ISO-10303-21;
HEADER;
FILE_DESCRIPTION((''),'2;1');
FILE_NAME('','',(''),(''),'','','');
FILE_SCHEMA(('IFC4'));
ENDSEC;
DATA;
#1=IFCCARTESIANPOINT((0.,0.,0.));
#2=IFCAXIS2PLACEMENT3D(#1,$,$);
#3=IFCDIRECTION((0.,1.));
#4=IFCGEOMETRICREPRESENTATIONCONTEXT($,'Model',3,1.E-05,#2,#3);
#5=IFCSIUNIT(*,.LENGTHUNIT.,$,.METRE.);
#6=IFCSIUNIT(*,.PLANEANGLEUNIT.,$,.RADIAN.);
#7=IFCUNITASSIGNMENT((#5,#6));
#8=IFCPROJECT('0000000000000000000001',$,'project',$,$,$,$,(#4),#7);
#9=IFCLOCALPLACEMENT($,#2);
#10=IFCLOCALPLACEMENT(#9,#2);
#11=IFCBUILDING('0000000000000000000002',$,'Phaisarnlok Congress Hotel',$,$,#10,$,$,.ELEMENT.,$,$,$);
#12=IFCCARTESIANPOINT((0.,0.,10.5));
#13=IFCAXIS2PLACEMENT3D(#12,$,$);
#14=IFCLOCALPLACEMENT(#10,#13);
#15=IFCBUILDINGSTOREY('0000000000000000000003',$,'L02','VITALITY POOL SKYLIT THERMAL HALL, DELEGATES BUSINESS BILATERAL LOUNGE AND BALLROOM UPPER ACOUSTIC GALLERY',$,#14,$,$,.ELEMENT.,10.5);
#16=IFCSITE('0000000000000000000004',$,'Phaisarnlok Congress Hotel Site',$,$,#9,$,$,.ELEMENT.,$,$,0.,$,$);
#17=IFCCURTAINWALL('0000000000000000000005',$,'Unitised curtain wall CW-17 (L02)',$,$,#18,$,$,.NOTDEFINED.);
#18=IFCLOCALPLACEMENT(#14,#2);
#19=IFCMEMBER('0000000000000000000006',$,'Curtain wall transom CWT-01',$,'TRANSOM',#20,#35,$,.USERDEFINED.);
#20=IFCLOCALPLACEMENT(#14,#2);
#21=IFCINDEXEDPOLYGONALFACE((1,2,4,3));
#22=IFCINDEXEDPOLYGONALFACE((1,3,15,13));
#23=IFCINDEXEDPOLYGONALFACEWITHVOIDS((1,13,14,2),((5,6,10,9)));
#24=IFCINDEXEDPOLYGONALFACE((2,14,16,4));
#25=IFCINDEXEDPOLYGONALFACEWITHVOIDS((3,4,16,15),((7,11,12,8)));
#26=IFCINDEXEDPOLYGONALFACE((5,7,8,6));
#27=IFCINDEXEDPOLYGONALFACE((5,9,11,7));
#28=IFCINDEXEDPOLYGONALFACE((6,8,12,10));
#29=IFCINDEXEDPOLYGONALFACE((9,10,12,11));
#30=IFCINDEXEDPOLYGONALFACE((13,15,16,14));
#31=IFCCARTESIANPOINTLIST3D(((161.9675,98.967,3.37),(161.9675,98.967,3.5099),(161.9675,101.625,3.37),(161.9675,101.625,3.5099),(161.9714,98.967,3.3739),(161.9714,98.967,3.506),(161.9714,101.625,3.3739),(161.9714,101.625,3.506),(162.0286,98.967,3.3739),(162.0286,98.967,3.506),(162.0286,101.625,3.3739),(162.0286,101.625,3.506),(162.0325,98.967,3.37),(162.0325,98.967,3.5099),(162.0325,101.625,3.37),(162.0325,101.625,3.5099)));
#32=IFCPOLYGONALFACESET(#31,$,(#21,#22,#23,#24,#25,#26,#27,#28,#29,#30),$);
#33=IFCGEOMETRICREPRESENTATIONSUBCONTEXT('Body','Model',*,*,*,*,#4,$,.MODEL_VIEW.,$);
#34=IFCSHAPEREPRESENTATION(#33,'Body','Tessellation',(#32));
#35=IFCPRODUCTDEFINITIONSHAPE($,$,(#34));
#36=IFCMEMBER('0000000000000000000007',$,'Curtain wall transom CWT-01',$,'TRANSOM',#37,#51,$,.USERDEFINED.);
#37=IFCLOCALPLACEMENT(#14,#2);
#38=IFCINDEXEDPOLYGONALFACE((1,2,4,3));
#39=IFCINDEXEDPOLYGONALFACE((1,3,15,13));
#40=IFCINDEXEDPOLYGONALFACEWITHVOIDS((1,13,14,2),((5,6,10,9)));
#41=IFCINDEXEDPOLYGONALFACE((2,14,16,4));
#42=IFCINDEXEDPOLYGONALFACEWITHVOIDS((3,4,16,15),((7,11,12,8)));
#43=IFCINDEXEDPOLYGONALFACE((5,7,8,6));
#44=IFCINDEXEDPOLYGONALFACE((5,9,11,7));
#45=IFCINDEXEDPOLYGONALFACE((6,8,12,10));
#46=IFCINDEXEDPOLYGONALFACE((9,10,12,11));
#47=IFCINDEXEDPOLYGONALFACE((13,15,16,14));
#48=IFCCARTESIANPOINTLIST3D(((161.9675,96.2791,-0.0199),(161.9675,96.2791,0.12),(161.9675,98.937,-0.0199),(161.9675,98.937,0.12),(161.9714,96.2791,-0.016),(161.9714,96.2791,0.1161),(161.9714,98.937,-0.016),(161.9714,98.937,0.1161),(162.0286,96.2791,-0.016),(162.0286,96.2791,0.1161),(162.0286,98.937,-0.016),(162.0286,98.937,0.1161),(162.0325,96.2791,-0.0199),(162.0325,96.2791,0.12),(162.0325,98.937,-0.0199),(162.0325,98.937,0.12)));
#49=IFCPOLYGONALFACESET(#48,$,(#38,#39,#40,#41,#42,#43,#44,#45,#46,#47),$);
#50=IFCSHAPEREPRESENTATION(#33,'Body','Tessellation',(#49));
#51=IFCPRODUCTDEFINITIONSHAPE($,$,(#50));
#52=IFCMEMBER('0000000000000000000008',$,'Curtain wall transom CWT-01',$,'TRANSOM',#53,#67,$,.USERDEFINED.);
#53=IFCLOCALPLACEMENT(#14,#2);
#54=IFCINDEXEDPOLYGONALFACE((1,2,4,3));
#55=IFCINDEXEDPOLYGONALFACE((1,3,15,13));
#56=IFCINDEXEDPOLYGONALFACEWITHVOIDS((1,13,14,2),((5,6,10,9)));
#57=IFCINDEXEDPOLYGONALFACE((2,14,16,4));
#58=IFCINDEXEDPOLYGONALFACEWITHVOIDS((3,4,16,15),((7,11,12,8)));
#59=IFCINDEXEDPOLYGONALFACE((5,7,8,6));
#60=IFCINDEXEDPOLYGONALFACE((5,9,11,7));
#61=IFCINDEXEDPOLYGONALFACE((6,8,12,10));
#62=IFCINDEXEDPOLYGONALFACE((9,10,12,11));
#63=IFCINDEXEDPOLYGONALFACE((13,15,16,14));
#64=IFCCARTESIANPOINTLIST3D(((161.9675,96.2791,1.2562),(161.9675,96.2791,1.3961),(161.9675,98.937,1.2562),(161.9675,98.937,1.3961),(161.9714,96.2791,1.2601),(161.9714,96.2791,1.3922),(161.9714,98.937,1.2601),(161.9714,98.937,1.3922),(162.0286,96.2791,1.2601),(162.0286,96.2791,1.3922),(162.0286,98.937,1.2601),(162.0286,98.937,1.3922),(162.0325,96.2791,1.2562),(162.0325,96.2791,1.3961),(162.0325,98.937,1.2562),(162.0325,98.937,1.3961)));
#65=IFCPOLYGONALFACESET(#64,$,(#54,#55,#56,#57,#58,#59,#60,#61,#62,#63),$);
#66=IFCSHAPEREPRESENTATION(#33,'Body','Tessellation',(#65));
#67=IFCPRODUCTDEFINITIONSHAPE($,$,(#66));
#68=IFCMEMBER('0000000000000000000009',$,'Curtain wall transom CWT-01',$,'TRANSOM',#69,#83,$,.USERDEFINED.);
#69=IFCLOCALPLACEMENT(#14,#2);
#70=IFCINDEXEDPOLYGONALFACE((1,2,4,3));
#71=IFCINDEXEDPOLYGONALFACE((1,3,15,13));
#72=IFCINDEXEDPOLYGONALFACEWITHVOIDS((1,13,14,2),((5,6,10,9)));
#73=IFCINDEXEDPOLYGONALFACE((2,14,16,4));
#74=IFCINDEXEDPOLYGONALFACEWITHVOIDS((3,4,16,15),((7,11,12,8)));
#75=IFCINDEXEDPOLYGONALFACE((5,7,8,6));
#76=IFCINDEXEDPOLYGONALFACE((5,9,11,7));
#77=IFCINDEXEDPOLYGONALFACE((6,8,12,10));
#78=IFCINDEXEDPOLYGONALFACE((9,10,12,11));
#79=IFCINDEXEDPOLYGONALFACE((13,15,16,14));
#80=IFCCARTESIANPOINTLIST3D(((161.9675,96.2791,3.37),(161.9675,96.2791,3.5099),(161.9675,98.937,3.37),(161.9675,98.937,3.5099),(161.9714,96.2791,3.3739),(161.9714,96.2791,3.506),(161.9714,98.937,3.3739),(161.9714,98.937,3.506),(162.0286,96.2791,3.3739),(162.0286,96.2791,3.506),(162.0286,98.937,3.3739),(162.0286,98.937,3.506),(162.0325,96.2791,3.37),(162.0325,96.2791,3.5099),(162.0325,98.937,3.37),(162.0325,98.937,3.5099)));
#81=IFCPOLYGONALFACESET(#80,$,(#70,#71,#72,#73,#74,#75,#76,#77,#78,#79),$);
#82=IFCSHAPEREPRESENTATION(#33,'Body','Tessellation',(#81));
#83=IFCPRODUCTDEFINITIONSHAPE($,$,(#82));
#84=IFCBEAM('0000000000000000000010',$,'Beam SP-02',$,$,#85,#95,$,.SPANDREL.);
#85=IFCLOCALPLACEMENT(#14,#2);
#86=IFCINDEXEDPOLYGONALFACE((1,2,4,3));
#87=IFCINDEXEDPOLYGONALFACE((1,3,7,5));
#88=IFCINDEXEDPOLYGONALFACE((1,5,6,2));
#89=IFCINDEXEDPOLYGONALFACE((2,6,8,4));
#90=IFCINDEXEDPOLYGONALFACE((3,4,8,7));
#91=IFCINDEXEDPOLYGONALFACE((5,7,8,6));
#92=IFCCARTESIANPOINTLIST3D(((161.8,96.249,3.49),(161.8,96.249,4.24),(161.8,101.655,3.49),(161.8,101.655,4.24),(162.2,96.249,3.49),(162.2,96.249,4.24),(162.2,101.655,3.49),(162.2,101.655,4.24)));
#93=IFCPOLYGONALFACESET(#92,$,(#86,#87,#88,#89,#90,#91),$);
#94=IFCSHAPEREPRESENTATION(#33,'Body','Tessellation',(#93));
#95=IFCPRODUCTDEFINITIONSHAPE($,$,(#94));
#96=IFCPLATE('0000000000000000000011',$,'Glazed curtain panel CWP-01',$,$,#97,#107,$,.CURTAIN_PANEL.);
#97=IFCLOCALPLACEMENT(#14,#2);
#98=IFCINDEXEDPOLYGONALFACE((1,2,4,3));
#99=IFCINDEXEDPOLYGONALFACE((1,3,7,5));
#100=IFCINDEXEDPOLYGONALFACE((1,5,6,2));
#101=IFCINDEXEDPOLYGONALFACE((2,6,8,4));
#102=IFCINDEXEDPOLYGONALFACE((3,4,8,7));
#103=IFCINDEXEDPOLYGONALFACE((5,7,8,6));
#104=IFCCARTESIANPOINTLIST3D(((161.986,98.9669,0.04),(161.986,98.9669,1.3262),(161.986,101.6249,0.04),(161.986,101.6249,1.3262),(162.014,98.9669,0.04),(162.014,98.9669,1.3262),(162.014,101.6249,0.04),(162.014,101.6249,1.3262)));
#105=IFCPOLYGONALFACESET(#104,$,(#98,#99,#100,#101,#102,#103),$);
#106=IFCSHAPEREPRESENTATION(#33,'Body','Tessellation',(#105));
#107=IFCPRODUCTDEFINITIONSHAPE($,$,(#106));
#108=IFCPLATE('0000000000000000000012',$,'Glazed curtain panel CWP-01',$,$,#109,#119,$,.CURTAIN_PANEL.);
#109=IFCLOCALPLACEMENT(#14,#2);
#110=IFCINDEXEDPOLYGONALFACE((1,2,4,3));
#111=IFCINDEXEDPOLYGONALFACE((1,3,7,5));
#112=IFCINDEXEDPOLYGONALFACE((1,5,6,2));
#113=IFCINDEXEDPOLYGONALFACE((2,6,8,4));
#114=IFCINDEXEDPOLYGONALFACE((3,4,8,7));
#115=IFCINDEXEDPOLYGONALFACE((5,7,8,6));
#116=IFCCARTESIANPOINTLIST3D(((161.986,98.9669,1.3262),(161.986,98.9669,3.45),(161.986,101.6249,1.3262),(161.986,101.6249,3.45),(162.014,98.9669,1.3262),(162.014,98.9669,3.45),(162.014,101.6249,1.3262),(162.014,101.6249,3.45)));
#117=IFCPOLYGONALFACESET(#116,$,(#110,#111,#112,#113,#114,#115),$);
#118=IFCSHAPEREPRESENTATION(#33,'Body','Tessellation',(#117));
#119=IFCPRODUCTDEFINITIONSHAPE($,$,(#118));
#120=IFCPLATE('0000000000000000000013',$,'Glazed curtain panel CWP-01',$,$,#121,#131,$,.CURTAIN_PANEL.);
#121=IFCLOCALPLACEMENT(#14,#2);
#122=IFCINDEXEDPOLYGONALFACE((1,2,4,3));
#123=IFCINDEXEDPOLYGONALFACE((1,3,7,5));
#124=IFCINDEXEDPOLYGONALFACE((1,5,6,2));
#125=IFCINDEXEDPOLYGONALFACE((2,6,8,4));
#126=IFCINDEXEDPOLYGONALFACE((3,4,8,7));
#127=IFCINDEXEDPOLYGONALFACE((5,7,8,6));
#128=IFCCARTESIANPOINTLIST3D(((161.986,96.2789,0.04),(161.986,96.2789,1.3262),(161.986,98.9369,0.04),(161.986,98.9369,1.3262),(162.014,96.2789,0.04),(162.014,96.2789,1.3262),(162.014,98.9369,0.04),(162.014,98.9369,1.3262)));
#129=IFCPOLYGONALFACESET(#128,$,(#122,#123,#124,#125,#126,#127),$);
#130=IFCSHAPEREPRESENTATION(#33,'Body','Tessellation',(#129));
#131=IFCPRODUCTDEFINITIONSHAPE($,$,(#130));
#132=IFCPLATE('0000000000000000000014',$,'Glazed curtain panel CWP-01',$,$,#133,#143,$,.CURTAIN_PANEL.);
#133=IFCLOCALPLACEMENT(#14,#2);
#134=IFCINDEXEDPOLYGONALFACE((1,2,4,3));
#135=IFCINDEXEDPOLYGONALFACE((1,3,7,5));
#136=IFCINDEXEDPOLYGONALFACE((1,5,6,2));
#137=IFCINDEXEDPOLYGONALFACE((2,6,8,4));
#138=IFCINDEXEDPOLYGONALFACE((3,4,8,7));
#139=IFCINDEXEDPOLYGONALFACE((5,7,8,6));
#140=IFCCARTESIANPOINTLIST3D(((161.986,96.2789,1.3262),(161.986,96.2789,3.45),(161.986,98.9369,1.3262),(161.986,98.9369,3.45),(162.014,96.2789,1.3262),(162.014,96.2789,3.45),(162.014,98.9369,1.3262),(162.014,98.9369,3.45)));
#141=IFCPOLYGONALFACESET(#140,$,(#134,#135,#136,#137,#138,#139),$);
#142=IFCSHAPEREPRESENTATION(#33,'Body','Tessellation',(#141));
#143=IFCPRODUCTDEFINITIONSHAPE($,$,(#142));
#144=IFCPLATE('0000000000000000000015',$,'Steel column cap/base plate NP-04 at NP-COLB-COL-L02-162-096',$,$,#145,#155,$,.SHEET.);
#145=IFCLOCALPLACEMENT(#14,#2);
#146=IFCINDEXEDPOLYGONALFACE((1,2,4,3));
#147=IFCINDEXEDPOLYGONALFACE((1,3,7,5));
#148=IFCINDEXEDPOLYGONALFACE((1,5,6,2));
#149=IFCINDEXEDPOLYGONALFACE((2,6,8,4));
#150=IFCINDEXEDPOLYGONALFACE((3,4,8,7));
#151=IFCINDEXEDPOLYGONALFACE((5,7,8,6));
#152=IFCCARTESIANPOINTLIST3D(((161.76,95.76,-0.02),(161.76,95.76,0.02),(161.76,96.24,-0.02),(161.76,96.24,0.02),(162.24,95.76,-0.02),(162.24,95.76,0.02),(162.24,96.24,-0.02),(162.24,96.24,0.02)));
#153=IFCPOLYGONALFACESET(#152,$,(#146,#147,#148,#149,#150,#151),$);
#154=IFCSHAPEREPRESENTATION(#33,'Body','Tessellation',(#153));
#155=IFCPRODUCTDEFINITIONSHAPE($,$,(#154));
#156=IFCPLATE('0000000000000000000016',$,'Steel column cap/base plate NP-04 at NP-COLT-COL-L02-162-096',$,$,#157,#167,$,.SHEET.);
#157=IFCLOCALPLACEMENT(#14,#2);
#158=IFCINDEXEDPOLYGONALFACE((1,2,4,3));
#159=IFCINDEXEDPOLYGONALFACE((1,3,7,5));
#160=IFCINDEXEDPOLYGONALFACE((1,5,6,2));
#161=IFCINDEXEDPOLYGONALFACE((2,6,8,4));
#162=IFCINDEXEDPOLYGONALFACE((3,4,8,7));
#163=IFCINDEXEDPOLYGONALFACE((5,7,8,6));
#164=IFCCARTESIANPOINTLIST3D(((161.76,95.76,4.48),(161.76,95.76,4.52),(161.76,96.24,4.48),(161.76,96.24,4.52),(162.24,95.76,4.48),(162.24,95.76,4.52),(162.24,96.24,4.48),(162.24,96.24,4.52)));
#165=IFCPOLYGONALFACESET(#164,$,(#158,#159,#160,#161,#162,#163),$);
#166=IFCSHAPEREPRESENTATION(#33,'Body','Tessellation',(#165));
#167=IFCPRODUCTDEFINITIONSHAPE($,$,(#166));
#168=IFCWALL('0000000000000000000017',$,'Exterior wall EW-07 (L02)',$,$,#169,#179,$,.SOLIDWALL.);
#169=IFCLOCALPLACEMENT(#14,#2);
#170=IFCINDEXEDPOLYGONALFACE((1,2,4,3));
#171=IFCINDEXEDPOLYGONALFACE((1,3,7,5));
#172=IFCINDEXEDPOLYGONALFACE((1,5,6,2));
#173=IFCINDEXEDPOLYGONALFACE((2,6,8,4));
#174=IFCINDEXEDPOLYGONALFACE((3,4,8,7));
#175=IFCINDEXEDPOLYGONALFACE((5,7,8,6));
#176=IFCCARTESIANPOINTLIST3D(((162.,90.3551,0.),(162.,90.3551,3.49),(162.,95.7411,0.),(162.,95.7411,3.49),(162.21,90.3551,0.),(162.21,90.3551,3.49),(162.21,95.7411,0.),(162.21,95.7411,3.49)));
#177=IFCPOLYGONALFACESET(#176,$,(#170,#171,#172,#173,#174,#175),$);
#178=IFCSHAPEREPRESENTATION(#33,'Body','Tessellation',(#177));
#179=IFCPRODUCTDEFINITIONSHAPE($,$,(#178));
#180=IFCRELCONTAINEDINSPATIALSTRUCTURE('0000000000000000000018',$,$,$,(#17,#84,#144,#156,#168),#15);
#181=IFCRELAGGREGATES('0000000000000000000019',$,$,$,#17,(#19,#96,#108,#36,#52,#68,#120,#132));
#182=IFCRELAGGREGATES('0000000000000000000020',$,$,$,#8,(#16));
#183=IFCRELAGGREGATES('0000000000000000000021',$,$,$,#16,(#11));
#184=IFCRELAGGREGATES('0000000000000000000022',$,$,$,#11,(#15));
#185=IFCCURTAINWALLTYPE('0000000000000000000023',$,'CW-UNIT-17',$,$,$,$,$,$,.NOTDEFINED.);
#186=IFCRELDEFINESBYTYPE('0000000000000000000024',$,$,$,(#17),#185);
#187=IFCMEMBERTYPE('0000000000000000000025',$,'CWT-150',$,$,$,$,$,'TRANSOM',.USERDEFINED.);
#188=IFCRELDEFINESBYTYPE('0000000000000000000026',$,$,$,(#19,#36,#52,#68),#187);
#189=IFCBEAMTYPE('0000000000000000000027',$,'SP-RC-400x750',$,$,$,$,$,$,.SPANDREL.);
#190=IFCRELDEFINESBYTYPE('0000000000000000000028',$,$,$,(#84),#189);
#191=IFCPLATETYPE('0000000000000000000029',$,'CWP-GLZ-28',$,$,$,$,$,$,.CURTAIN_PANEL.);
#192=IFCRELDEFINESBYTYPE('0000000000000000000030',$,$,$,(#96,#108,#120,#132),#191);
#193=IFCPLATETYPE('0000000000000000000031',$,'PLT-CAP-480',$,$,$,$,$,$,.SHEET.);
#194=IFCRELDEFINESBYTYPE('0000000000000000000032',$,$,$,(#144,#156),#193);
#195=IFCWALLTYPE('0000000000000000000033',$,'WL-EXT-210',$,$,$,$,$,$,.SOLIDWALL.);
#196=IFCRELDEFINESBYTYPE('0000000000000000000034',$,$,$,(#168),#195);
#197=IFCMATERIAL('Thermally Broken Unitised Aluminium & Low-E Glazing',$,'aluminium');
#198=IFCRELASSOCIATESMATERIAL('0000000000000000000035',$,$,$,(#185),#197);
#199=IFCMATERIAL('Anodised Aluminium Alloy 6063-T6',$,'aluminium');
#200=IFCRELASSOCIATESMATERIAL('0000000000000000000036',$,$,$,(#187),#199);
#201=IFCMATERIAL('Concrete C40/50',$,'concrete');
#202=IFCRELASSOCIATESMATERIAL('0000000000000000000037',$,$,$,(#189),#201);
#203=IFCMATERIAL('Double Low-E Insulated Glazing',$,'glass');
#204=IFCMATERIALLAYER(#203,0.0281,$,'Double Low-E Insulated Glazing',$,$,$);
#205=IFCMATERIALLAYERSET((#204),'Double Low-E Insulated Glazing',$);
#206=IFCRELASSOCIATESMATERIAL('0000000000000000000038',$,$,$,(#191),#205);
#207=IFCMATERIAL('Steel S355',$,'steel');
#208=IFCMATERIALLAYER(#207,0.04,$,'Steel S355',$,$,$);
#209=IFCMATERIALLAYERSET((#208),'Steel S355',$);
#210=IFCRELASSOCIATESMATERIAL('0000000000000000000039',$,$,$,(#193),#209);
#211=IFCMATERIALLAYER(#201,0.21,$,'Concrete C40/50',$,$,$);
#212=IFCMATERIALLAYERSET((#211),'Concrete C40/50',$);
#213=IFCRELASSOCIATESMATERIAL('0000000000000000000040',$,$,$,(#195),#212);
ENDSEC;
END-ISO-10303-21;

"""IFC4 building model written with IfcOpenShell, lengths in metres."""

from ifc_helpers import new_model, si_unit, direction, frame, frame_2d, origin, origin_2d, place, context, subcontext, project, spatial, rectangle, hollow_rectangle, extrude, material, layer, layer_set, material_profile, profile_set, type_object, element, aggregate, save


model = new_model("IFC4")

# Units and contexts
model_context = context("Model", 3, precision=1e-05, world=origin(), true_north=direction((0.0, 1.0)))
body_context = subcontext(model_context, "Body", "Model", "MODEL_VIEW")
ifc_project = project(units=[si_unit("LENGTHUNIT", "METRE"), si_unit("PLANEANGLEUNIT", "RADIAN")], contexts=[model_context])

# Site, building, storey
site_placement = place(None, origin())
site = spatial("IfcSite", under=ifc_project, at=site_placement, Name="Phaisarnlok Congress Hotel Site", CompositionType="ELEMENT", RefElevation=0.0)
building_placement = place(site_placement, origin())
building = spatial("IfcBuilding", under=site, at=building_placement, Name="Phaisarnlok Congress Hotel", CompositionType="ELEMENT")
storey_placement = place(building_placement, frame((0.0, 0.0, 10.5)))
storey = spatial("IfcBuildingStorey", under=building, at=storey_placement, Name="L02", Description="VITALITY POOL SKYLIT THERMAL HALL, DELEGATES BUSINESS BILATERAL LOUNGE AND BALLROOM UPPER ACOUSTIC GALLERY", CompositionType="ELEMENT", Elevation=10.5)

# Shared definitions
ifc_material_1 = material(Name="Steel S355", Category="steel")

# Shared definitions
ifc_material_2 = material(Name="Concrete C40/50", Category="concrete")

# Curtain wall, members
ifc_material_3 = material(Name="Thermally Broken Unitised Aluminium & Low-E Glazing", Category="aluminium")
curtain_wall_type = type_object("IfcCurtainWallType", Name="CW-UNIT-17", PredefinedType="NOTDEFINED", material=ifc_material_3)
curtain_wall_placement = place(storey_placement, origin())
curtain_wall = element("IfcCurtainWall", 1, at=curtain_wall_placement, inside=storey, type_object=curtain_wall_type, Name="Unitised curtain wall CW-17 (L02)", PredefinedType="NOTDEFINED")
ifc_material_4 = material(Name="Anodised Aluminium Alloy 6063-T6", Category="aluminium")
ifc_material_profile_1 = material_profile(ifc_material_4, hollow_rectangle(XDim=0.0649, YDim=0.1399, WallThickness=0.0039, at=origin_2d()), Name="ALU-T 65x140x4")
ifc_profile_set_1 = profile_set([ifc_material_profile_1], Name="Anodised Aluminium Alloy 6063-T6")
member_type_1 = type_object("IfcMemberType", Name="CWT-150", ElementType="TRANSOM", PredefinedType="USERDEFINED", material=ifc_profile_set_1)
member_1_placement = place(storey_placement, frame((162.0, 101.625, 3.4399), z_axis=(0.0, -1.0, 0.0), x_axis=(1.0, 0.0, 0.0)))
member_1 = element("IfcMember", 2, at=member_1_placement, type_object=member_type_1, Name="Curtain wall transom CWT-01", ObjectType="TRANSOM", PredefinedType="USERDEFINED", context=body_context, shape_type="SweptSolid", body=[
    extrude(hollow_rectangle(XDim=0.0649, YDim=0.1399, WallThickness=0.0039, at=origin_2d()), origin(), (0.0, 0.0, 1.0), 2.658),
])
member_2_placement = place(storey_placement, frame((162.0, 98.937, 0.05), z_axis=(0.0, -1.0, 0.0), x_axis=(1.0, 0.0, 0.0)))
member_2 = element("IfcMember", 3, at=member_2_placement, type_object=member_type_1, Name="Curtain wall transom CWT-01", ObjectType="TRANSOM", PredefinedType="USERDEFINED", context=body_context, shape_type="SweptSolid", body=[
    extrude(hollow_rectangle(XDim=0.0649, YDim=0.1399, WallThickness=0.0039, at=origin_2d()), origin(), (0.0, 0.0, 1.0), 2.658),
])
member_3_placement = place(storey_placement, frame((162.0, 98.937, 1.3262), z_axis=(0.0, -1.0, 0.0), x_axis=(1.0, 0.0, 0.0)))
member_3 = element("IfcMember", 4, at=member_3_placement, type_object=member_type_1, Name="Curtain wall transom CWT-01", ObjectType="TRANSOM", PredefinedType="USERDEFINED", context=body_context, shape_type="SweptSolid", body=[
    extrude(hollow_rectangle(XDim=0.0649, YDim=0.1399, WallThickness=0.0039, at=origin_2d()), origin(), (0.0, 0.0, 1.0), 2.658),
])
member_4_placement = place(storey_placement, frame((162.0, 98.937, 3.4399), z_axis=(0.0, -1.0, 0.0), x_axis=(1.0, 0.0, 0.0)))
member_4 = element("IfcMember", 5, at=member_4_placement, type_object=member_type_1, Name="Curtain wall transom CWT-01", ObjectType="TRANSOM", PredefinedType="USERDEFINED", context=body_context, shape_type="SweptSolid", body=[
    extrude(hollow_rectangle(XDim=0.0649, YDim=0.1399, WallThickness=0.0039, at=origin_2d()), origin(), (0.0, 0.0, 1.0), 2.658),
])

# Beam
ifc_material_profile_2 = material_profile(ifc_material_2, rectangle(XDim=0.3999, YDim=0.75, at=origin_2d()), Name="RC 400x750")
ifc_profile_set_2 = profile_set([ifc_material_profile_2], Name="Concrete C40/50")
beam_type_1 = type_object("IfcBeamType", Name="SP-RC-400x750", PredefinedType="SPANDREL", material=ifc_profile_set_2)
beam_1_placement = place(storey_placement, frame((162.0, 96.249, 3.865), z_axis=(0.0, 1.0, 0.0), x_axis=(-1.0, 0.0, 0.0)))
element("IfcBeam", 6, at=beam_1_placement, inside=storey, type_object=beam_type_1, Name="Beam SP-02", PredefinedType="SPANDREL", context=body_context, shape_type="SweptSolid", body=[
    extrude(rectangle(XDim=0.3999, YDim=0.75, at=origin_2d()), origin(), (0.0, 0.0, 1.0), 5.406),
])

# Plates
ifc_material_5 = material(Name="Double Low-E Insulated Glazing", Category="glass")
ifc_layer_1 = layer(ifc_material_5, 0.0281, Name="Double Low-E Insulated Glazing")
ifc_layer_set_1 = layer_set([ifc_layer_1], Name="Double Low-E Insulated Glazing")
plate_type_1 = type_object("IfcPlateType", Name="CWP-GLZ-28", PredefinedType="CURTAIN_PANEL", material=ifc_layer_set_1)
plate_1_placement = place(storey_placement, frame((162.0, 101.625, 0.04), z_axis=(0.0, 0.0, 1.0), x_axis=(0.0, -1.0, 0.0)))
plate_1 = element("IfcPlate", 7, at=plate_1_placement, type_object=plate_type_1, Name="Glazed curtain panel CWP-01", PredefinedType="CURTAIN_PANEL", context=body_context, shape_type="SweptSolid", body=[
    extrude(rectangle(XDim=2.658, YDim=0.0281, at=frame_2d((1.3291, 0.0))), origin(), (0.0, 0.0, 1.0), 1.2861),
])
plate_2_placement = place(storey_placement, frame((162.0, 101.625, 1.3262), z_axis=(0.0, 0.0, 1.0), x_axis=(0.0, -1.0, 0.0)))
plate_2 = element("IfcPlate", 8, at=plate_2_placement, type_object=plate_type_1, Name="Glazed curtain panel CWP-01", PredefinedType="CURTAIN_PANEL", context=body_context, shape_type="SweptSolid", body=[
    extrude(rectangle(XDim=2.658, YDim=0.0281, at=frame_2d((1.3291, 0.0))), origin(), (0.0, 0.0, 1.0), 2.1238),
])
plate_3_placement = place(storey_placement, frame((162.0, 98.937, 0.04), z_axis=(0.0, 0.0, 1.0), x_axis=(0.0, -1.0, 0.0)))
plate_3 = element("IfcPlate", 9, at=plate_3_placement, type_object=plate_type_1, Name="Glazed curtain panel CWP-01", PredefinedType="CURTAIN_PANEL", context=body_context, shape_type="SweptSolid", body=[
    extrude(rectangle(XDim=2.658, YDim=0.0281, at=frame_2d((1.3291, 0.0))), origin(), (0.0, 0.0, 1.0), 1.2861),
])
plate_4_placement = place(storey_placement, frame((162.0, 98.937, 1.3262), z_axis=(0.0, 0.0, 1.0), x_axis=(0.0, -1.0, 0.0)))
plate_4 = element("IfcPlate", 10, at=plate_4_placement, type_object=plate_type_1, Name="Glazed curtain panel CWP-01", PredefinedType="CURTAIN_PANEL", context=body_context, shape_type="SweptSolid", body=[
    extrude(rectangle(XDim=2.658, YDim=0.0281, at=frame_2d((1.3291, 0.0))), origin(), (0.0, 0.0, 1.0), 2.1238),
])
aggregate(curtain_wall, [member_1, plate_1, plate_2, member_2, member_3, member_4, plate_3, plate_4])

# Plates
ifc_layer_2 = layer(ifc_material_1, 0.04, Name="Steel S355")
ifc_layer_set_2 = layer_set([ifc_layer_2], Name="Steel S355")
plate_type_2 = type_object("IfcPlateType", Name="PLT-CAP-480", PredefinedType="SHEET", material=ifc_layer_set_2)
for number, where, z_axis, x_axis, name in (
    (11, (162.0, 96.0, -0.02), (0.0, 0.0, 1.0), (1.0, 0.0, 0.0), "Steel column cap/base plate NP-04 at NP-COLB-COL-L02-162-096"),
    (12, (162.0, 96.0, 4.48), (0.0, 0.0, 1.0), (1.0, 0.0, 0.0), "Steel column cap/base plate NP-04 at NP-COLT-COL-L02-162-096"),
):
    element("IfcPlate", number, at=place(storey_placement, frame(where, z_axis=z_axis, x_axis=x_axis)), inside=storey, type_object=plate_type_2, Name=name, PredefinedType="SHEET", context=body_context, shape_type="SweptSolid", body=[
        extrude(rectangle(XDim=0.48, YDim=0.48, at=origin_2d()), origin(), (0.0, 0.0, 1.0), 0.04),
    ])

# Wall
ifc_layer_3 = layer(ifc_material_2, 0.21, Name="Concrete C40/50")
ifc_layer_set_3 = layer_set([ifc_layer_3], Name="Concrete C40/50")
wall_type_1 = type_object("IfcWallType", Name="WL-EXT-210", PredefinedType="SOLIDWALL", material=ifc_layer_set_3)
wall_1_placement = place(storey_placement, frame((162.105, 95.741, 0.0), z_axis=(0.0, 0.0, 1.0), x_axis=(0.0, -1.0, 0.0)))
element("IfcWall", 13, at=wall_1_placement, inside=storey, type_object=wall_type_1, Name="Exterior wall EW-07 (L02)", PredefinedType="SOLIDWALL", context=body_context, shape_type="SweptSolid", body=[
    extrude(rectangle(XDim=5.386, YDim=0.21, at=frame_2d((2.6929, 0.0))), origin(), (0.0, 0.0, 1.0), 3.49),
])

save(model, "model.ifc")
